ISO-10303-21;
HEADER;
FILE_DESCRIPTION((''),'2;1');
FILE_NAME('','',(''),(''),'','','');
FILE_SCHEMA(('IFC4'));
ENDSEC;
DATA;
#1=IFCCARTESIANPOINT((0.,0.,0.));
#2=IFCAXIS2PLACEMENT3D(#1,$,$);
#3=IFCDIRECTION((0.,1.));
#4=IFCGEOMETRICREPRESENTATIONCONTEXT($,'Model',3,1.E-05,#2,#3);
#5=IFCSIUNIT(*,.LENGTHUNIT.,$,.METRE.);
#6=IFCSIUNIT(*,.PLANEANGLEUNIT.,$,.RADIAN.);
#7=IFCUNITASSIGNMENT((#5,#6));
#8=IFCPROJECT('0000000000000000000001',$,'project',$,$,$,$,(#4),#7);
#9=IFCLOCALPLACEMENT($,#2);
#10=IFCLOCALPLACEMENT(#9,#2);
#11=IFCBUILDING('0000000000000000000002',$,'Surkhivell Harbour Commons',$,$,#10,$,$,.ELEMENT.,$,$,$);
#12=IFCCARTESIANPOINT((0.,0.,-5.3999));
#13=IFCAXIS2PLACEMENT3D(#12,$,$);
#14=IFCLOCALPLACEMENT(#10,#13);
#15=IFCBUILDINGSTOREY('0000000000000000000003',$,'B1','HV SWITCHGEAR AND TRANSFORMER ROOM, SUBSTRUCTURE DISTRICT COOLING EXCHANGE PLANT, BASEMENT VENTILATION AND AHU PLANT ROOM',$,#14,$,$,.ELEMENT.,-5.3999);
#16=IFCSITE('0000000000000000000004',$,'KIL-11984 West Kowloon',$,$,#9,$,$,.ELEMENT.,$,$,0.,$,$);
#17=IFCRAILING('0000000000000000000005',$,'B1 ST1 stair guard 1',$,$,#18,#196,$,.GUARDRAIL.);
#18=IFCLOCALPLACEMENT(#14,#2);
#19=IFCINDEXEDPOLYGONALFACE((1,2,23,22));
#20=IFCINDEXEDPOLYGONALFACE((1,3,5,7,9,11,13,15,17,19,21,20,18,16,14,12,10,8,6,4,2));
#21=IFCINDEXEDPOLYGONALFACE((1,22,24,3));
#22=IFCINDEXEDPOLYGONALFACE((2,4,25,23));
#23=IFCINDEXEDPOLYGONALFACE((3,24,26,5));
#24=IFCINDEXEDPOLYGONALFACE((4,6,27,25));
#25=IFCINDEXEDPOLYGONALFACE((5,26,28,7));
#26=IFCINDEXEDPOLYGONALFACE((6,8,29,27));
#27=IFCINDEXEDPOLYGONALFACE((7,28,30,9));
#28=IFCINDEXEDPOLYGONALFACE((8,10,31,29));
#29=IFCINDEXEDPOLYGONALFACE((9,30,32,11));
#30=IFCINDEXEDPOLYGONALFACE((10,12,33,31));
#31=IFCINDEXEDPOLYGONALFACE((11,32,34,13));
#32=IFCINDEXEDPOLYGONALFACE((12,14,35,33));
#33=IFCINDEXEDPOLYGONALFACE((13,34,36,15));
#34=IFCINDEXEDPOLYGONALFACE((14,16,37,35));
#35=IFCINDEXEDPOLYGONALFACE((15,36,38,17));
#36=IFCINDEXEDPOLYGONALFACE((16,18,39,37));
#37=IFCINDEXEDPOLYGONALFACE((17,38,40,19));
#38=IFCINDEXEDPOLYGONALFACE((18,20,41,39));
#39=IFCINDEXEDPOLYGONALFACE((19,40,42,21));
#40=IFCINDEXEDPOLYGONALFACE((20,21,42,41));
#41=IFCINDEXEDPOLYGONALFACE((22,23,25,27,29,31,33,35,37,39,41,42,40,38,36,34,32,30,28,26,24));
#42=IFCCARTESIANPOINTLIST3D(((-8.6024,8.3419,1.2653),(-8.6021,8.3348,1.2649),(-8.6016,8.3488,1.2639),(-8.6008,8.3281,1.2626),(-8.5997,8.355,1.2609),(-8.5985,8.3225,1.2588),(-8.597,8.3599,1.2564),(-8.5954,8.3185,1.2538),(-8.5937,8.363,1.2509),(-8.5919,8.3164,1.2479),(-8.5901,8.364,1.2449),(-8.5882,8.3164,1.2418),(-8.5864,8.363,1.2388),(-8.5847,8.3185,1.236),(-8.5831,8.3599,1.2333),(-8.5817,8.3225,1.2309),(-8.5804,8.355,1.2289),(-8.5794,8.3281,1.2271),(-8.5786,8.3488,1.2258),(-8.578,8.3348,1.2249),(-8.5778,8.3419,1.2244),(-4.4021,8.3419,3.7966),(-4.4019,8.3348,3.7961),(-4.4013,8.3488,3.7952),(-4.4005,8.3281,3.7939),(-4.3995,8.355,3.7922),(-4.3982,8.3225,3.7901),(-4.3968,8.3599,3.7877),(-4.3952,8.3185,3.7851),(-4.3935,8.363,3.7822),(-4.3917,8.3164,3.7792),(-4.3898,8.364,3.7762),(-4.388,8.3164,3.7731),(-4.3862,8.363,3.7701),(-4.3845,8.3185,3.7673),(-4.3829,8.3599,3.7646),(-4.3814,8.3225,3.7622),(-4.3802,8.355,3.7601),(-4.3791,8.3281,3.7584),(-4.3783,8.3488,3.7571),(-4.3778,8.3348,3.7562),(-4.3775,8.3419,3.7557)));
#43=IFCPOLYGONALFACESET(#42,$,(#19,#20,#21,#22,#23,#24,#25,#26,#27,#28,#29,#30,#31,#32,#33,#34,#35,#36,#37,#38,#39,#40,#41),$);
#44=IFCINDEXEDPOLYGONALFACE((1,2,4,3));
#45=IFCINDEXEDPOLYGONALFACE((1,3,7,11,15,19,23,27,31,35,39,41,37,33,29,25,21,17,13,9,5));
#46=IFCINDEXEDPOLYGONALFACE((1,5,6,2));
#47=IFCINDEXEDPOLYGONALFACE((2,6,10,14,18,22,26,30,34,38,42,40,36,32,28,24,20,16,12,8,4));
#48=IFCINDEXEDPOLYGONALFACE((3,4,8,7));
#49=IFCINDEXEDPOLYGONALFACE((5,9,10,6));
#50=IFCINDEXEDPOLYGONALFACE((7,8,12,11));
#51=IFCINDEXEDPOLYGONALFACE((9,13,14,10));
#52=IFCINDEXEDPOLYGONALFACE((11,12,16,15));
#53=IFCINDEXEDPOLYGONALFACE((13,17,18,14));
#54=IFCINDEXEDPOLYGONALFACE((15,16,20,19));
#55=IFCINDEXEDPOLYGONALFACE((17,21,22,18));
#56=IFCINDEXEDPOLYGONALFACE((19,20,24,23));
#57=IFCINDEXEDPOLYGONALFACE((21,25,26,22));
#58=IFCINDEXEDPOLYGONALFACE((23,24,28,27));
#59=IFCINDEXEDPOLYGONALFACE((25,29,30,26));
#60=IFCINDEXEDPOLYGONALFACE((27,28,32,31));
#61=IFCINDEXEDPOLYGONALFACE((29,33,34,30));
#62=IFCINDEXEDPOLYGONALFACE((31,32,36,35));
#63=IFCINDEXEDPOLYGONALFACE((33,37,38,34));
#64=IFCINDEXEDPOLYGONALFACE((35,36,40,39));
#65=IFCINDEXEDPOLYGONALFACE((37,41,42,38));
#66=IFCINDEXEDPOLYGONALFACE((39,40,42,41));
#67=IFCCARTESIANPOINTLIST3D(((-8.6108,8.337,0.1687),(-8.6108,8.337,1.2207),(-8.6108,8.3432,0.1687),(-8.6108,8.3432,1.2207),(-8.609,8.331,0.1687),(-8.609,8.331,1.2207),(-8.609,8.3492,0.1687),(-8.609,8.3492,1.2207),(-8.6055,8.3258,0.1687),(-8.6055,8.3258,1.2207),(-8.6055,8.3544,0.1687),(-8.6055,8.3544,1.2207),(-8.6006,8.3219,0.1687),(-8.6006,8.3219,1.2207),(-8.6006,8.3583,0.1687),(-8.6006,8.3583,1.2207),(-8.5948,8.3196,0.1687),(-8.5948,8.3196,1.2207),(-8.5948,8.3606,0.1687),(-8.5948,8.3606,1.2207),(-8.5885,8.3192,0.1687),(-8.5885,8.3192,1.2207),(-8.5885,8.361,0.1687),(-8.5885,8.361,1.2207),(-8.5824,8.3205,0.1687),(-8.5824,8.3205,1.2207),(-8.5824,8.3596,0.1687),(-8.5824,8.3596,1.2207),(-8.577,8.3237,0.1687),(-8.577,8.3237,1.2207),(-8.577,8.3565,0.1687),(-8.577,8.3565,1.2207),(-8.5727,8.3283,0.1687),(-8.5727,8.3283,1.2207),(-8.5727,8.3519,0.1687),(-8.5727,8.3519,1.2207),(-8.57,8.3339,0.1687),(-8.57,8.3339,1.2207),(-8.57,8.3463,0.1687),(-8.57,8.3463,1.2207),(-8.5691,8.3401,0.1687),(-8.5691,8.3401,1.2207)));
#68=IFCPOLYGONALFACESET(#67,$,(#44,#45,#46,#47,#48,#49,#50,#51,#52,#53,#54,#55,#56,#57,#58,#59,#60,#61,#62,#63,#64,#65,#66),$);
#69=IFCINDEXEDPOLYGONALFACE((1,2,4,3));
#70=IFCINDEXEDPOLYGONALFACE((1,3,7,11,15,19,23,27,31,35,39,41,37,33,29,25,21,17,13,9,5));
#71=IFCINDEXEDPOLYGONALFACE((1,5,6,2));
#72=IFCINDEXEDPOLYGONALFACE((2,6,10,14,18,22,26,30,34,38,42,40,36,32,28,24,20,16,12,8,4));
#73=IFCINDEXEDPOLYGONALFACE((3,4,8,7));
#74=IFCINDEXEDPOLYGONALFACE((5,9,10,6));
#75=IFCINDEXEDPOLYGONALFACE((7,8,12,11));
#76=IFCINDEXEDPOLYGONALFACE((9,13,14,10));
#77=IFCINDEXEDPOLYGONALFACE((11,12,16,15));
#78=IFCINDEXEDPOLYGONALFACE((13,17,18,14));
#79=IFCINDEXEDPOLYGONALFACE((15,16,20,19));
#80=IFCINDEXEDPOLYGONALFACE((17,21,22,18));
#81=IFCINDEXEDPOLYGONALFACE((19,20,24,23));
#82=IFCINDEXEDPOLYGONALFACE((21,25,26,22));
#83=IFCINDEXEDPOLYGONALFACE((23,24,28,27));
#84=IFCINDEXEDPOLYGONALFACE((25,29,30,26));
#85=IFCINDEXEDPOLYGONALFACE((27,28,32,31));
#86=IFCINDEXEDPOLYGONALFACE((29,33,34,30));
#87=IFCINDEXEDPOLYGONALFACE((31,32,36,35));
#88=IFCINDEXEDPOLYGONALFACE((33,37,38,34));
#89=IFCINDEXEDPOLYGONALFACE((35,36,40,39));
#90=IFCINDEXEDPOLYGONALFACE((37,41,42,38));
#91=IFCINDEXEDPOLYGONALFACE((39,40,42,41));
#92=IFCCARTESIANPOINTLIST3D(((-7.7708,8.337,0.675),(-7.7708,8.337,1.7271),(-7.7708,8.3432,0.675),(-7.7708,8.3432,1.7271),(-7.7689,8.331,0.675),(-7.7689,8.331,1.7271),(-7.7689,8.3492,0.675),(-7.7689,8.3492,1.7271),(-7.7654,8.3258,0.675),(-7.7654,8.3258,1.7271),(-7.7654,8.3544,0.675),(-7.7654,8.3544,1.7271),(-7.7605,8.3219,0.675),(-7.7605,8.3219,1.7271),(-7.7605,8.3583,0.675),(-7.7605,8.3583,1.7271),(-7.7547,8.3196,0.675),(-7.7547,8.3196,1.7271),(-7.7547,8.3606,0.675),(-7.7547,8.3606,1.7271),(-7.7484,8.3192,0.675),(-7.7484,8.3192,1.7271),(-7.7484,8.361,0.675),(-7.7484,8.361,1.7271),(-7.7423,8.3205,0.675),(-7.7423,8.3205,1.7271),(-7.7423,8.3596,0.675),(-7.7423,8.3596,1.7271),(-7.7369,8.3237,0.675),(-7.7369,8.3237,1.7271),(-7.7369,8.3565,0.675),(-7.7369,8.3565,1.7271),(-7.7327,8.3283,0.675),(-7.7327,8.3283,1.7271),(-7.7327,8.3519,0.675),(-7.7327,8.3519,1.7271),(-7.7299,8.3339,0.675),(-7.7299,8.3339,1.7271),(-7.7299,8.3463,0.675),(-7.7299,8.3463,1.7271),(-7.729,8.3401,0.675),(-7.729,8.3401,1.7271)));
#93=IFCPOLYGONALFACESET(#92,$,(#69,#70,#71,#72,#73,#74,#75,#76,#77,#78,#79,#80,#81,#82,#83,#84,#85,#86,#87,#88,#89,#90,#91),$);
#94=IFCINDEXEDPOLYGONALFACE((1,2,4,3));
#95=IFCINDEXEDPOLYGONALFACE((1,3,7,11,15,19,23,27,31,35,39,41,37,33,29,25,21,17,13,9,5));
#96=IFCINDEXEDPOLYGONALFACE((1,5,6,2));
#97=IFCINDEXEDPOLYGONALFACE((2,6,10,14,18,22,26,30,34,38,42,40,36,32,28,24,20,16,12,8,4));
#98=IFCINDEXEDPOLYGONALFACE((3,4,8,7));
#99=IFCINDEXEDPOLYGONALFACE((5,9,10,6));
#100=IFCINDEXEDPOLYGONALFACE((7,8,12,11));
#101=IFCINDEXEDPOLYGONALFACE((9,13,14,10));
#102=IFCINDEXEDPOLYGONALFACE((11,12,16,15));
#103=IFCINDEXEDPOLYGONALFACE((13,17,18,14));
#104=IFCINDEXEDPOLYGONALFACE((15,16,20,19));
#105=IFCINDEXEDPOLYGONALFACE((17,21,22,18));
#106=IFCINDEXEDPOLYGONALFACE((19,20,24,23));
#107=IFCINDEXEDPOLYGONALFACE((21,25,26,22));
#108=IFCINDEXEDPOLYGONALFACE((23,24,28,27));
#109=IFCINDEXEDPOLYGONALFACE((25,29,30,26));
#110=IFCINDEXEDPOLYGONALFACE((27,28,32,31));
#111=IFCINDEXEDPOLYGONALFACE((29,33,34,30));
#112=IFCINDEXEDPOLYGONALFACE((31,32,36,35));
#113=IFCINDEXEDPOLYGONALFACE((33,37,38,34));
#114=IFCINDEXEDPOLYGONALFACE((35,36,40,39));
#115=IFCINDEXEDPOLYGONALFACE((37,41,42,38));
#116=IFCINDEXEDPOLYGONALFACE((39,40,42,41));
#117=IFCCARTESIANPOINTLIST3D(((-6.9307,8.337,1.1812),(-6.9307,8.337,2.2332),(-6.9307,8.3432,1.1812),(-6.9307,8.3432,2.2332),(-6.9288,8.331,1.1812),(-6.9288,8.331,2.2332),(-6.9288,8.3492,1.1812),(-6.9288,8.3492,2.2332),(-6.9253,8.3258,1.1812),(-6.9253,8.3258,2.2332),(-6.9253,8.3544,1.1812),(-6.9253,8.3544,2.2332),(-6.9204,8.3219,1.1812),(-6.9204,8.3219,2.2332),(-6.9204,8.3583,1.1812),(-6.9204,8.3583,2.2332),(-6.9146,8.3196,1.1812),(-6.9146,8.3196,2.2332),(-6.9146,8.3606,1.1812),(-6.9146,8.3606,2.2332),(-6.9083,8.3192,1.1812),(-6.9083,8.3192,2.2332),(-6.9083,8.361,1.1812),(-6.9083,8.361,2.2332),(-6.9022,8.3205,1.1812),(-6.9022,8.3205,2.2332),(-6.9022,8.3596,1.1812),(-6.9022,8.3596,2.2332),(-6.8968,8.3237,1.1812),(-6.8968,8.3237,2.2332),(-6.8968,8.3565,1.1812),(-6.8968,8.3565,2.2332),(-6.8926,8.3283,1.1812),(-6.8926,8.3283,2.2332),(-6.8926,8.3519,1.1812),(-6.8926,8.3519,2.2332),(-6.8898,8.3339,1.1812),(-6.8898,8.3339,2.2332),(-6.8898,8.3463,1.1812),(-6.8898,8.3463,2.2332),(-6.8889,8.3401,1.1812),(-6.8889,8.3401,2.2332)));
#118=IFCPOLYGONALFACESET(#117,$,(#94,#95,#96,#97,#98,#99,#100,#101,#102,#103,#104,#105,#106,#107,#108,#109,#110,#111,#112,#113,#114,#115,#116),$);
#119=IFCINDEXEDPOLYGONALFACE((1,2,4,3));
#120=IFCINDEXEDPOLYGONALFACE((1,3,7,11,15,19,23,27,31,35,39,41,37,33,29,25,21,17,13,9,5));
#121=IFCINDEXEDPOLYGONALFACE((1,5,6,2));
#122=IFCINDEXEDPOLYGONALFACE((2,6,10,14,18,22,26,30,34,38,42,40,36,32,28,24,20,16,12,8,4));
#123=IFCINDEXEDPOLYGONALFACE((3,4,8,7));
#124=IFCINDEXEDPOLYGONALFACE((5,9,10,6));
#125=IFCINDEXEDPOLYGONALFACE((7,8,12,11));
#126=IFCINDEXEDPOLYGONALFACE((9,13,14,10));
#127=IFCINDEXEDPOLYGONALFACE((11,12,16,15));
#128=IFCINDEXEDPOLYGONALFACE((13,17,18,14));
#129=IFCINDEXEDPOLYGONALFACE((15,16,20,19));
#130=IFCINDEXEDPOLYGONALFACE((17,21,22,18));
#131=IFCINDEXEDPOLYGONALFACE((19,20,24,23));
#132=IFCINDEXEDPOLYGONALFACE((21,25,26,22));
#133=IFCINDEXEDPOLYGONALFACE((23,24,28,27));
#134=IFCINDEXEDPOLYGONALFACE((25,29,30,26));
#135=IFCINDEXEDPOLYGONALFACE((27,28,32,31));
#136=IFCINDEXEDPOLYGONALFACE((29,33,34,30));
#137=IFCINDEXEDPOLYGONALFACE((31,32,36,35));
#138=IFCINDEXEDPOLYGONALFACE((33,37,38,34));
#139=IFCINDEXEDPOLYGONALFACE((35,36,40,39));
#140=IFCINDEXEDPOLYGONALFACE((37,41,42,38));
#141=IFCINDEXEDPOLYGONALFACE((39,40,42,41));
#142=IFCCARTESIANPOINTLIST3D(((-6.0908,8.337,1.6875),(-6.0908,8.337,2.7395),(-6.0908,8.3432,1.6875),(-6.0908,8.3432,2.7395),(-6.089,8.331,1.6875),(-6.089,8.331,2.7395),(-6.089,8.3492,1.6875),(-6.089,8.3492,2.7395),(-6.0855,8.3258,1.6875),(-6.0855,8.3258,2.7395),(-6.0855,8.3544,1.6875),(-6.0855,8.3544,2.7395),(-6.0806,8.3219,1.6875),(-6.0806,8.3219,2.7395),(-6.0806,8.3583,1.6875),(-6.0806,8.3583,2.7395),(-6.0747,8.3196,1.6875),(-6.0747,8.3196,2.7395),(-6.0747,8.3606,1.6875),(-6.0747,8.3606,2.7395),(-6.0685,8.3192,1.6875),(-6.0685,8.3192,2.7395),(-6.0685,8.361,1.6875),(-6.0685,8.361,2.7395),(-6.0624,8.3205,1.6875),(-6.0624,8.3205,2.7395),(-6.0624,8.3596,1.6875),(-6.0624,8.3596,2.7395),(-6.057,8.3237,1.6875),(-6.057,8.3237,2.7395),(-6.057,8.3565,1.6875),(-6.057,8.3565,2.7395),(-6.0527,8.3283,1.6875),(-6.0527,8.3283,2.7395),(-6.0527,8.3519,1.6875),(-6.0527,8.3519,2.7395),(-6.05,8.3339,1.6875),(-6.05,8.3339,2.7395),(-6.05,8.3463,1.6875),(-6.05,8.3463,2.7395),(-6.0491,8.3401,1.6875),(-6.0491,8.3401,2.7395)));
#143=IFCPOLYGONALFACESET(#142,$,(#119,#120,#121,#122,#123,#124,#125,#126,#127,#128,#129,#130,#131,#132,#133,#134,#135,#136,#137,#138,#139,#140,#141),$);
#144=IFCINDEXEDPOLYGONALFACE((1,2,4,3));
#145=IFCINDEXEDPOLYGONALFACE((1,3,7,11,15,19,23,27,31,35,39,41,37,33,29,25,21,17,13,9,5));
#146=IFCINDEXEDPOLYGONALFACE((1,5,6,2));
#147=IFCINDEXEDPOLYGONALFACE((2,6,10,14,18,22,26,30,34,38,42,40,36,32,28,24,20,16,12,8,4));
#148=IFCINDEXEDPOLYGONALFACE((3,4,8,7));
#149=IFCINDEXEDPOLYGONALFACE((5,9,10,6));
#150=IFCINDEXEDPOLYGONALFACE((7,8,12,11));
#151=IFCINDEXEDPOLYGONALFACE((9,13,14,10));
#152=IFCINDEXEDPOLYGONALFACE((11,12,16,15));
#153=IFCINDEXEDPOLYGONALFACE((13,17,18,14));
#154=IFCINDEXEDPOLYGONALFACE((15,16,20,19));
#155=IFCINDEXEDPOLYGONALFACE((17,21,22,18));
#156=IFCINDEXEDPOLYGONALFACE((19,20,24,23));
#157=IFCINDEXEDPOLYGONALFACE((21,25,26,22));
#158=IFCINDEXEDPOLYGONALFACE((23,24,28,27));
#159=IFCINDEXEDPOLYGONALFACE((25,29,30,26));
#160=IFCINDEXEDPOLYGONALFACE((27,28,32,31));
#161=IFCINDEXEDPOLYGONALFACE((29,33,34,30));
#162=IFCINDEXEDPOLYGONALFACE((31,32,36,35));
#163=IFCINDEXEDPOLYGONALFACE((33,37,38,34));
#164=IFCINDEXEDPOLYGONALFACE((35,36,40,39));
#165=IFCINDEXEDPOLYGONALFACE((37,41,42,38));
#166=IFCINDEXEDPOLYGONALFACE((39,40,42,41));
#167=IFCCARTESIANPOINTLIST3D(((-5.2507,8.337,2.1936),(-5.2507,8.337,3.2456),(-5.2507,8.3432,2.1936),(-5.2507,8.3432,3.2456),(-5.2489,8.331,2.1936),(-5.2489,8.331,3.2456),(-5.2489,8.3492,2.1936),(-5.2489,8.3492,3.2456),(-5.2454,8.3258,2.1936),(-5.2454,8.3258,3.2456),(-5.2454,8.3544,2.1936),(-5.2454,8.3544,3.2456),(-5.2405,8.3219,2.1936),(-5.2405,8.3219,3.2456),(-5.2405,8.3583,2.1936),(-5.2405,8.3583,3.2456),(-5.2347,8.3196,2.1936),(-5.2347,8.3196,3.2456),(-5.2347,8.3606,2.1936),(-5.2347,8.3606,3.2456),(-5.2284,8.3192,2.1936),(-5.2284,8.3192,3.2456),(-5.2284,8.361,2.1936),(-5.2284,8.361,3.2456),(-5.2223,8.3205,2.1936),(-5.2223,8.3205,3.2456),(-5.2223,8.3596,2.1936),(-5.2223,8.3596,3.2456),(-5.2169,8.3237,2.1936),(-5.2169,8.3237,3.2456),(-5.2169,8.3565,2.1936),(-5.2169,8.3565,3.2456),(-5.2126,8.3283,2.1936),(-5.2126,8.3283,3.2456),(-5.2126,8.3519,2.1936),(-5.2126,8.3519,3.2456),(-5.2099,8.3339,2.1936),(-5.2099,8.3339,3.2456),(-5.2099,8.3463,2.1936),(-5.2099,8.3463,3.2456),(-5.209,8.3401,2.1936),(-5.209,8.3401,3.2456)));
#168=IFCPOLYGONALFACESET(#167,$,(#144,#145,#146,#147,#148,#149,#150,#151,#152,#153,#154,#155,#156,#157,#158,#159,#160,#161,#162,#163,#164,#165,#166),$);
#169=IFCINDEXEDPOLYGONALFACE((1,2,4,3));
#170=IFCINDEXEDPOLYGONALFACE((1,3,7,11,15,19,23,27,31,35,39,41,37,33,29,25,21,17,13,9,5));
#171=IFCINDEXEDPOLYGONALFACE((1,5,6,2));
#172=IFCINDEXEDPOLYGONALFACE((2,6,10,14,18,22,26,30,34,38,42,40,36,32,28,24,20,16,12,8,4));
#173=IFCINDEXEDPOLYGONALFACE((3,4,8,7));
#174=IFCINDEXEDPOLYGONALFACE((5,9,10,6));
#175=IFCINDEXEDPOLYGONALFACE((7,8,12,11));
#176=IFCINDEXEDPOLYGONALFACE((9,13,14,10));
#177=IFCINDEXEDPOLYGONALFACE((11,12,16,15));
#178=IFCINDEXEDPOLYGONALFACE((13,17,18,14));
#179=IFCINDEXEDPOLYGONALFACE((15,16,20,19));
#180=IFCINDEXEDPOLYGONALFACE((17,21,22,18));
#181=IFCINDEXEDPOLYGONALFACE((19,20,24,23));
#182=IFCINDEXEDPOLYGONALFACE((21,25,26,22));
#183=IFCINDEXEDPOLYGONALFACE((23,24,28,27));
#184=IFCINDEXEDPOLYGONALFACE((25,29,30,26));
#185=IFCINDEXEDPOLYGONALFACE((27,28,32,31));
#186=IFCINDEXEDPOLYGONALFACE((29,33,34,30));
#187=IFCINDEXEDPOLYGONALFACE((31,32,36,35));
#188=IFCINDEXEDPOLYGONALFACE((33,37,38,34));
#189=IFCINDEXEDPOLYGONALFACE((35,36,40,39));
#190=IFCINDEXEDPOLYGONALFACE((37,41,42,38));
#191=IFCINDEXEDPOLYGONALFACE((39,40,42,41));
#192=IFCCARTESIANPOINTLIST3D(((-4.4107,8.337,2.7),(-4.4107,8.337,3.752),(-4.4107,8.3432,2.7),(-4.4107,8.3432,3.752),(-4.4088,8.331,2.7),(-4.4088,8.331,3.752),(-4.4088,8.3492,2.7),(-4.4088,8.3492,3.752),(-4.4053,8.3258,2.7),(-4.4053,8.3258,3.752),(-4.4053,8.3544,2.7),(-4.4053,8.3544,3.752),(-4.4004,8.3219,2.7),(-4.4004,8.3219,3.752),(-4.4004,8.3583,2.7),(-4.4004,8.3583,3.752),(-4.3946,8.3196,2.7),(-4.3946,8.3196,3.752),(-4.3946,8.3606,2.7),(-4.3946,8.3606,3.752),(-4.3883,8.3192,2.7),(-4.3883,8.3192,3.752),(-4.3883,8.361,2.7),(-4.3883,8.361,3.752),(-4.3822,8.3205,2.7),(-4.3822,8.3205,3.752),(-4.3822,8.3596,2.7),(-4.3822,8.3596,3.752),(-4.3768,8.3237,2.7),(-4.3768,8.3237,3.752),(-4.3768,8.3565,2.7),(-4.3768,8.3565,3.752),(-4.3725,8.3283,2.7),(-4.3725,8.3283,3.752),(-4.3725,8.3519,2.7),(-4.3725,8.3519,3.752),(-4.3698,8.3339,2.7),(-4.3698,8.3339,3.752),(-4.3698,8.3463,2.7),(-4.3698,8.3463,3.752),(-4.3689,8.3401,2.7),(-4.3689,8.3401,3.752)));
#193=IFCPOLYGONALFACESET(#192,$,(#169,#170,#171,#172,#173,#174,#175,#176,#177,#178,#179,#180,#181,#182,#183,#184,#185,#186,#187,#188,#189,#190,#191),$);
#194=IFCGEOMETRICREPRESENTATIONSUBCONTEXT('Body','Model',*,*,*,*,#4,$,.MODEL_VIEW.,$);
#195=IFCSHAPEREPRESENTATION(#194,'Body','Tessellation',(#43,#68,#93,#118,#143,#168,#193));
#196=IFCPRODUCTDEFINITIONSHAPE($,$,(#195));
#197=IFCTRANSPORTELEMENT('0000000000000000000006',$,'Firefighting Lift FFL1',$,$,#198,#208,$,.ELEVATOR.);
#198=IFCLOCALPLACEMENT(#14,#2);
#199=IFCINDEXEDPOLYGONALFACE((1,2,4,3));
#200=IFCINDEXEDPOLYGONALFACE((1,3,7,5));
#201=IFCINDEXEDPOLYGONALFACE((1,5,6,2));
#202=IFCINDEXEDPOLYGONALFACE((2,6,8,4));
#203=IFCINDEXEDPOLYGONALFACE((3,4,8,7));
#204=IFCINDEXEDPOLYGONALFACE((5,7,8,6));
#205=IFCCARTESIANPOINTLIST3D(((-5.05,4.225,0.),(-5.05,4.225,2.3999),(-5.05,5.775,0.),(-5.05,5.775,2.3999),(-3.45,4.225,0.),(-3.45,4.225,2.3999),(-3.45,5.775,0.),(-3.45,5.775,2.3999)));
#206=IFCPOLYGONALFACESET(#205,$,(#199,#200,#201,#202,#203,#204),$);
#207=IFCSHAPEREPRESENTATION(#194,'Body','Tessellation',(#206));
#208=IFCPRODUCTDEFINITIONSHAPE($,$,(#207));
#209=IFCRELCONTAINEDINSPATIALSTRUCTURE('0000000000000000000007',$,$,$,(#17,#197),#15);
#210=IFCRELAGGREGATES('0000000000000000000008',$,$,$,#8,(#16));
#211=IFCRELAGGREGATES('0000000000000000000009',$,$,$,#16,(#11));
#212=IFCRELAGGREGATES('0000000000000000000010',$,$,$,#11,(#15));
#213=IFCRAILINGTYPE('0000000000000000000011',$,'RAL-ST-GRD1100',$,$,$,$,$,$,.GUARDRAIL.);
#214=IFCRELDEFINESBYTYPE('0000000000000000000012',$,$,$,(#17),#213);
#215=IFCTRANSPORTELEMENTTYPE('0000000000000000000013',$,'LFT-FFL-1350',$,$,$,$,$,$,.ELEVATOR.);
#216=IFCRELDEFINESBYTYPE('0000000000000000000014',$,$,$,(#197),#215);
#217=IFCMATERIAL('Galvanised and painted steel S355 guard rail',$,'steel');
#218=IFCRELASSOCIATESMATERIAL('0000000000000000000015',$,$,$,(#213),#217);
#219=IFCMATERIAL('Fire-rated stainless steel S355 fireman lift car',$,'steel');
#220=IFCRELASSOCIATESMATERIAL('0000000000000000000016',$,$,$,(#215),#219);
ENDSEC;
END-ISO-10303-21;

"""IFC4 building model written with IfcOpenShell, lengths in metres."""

from ifc_helpers import new_model, si_unit, direction, frame, origin, origin_2d, place, context, subcontext, project, spatial, rectangle, circle, extrude, material, type_object, element, save


model = new_model("IFC4")

# Units and contexts
model_context = context("Model", 3, precision=1e-05, world=origin(), true_north=direction((0.0, 1.0)))
body_context = subcontext(model_context, "Body", "Model", "MODEL_VIEW")
ifc_project = project(units=[si_unit("LENGTHUNIT", "METRE"), si_unit("PLANEANGLEUNIT", "RADIAN")], contexts=[model_context])

# Site, building, storey
site_placement = place(None, origin())
site = spatial("IfcSite", under=ifc_project, at=site_placement, Name="KIL-11984 West Kowloon", CompositionType="ELEMENT", RefElevation=0.0)
building_placement = place(site_placement, origin())
building = spatial("IfcBuilding", under=site, at=building_placement, Name="Surkhivell Harbour Commons", CompositionType="ELEMENT")
storey_placement = place(building_placement, frame((0.0, 0.0, -5.3999)))
storey = spatial("IfcBuildingStorey", under=building, at=storey_placement, Name="B1", Description="HV SWITCHGEAR AND TRANSFORMER ROOM, SUBSTRUCTURE DISTRICT COOLING EXCHANGE PLANT, BASEMENT VENTILATION AND AHU PLANT ROOM", CompositionType="ELEMENT", Elevation=-5.3999)

# Railing
ifc_material_1 = material(Name="Galvanised and painted steel S355 guard rail", Category="steel")
railing_type_1 = type_object("IfcRailingType", Name="RAL-ST-GRD1100", PredefinedType="GUARDRAIL", material=ifc_material_1)
railing_1_placement = place(storey_placement, frame((-8.5901, 8.3401, 0.1687)))
element("IfcRailing", 1, at=railing_1_placement, inside=storey, type_object=railing_type_1, Name="B1 ST1 stair guard 1", PredefinedType="GUARDRAIL", context=body_context, shape_type="SweptSolid", body=[
    extrude(circle(Radius=0.0239, at=origin_2d()), frame((0.0, 0.0, 1.0762), z_axis=(0.85649, 0.0, 0.516164), x_axis=(0.0, 1.0, 0.0)), (0.0, 0.0, 1.0), 4.9041),
    extrude(circle(Radius=0.021, at=origin_2d()), origin(), (0.0, 0.0, 1.0), 1.052),
    extrude(circle(Radius=0.021, at=origin_2d()), frame((0.8401, 0.0, 0.5063)), (0.0, 0.0, 1.0), 1.052),
    extrude(circle(Radius=0.021, at=origin_2d()), frame((1.6802, 0.0, 1.0125)), (0.0, 0.0, 1.0), 1.052),
    extrude(circle(Radius=0.021, at=origin_2d()), frame((2.52, 0.0, 1.5188)), (0.0, 0.0, 1.0), 1.052),
    extrude(circle(Radius=0.021, at=origin_2d()), frame((3.3601, 0.0, 2.0249)), (0.0, 0.0, 1.0), 1.052),
    extrude(circle(Radius=0.021, at=origin_2d()), frame((4.2002, 0.0, 2.5312)), (0.0, 0.0, 1.0), 1.052),
])

# Transport element
ifc_material_2 = material(Name="Fire-rated stainless steel S355 fireman lift car", Category="steel")
transport_element_type_1 = type_object("IfcTransportElementType", Name="LFT-FFL-1350", PredefinedType="ELEVATOR", material=ifc_material_2)
transport_element_1_placement = place(storey_placement, frame((-4.25, 5.0, 0.0), z_axis=(0.0, 0.0, 1.0), x_axis=(1.0, 0.0, 0.0)))
element("IfcTransportElement", 2, at=transport_element_1_placement, inside=storey, type_object=transport_element_type_1, Name="Firefighting Lift FFL1", PredefinedType="ELEVATOR", context=body_context, shape_type="SweptSolid", body=[
    extrude(rectangle(XDim=1.6001, YDim=1.55, at=origin_2d()), origin(), (0.0, 0.0, 1.0), 2.3999),
])

save(model, "model.ifc")
